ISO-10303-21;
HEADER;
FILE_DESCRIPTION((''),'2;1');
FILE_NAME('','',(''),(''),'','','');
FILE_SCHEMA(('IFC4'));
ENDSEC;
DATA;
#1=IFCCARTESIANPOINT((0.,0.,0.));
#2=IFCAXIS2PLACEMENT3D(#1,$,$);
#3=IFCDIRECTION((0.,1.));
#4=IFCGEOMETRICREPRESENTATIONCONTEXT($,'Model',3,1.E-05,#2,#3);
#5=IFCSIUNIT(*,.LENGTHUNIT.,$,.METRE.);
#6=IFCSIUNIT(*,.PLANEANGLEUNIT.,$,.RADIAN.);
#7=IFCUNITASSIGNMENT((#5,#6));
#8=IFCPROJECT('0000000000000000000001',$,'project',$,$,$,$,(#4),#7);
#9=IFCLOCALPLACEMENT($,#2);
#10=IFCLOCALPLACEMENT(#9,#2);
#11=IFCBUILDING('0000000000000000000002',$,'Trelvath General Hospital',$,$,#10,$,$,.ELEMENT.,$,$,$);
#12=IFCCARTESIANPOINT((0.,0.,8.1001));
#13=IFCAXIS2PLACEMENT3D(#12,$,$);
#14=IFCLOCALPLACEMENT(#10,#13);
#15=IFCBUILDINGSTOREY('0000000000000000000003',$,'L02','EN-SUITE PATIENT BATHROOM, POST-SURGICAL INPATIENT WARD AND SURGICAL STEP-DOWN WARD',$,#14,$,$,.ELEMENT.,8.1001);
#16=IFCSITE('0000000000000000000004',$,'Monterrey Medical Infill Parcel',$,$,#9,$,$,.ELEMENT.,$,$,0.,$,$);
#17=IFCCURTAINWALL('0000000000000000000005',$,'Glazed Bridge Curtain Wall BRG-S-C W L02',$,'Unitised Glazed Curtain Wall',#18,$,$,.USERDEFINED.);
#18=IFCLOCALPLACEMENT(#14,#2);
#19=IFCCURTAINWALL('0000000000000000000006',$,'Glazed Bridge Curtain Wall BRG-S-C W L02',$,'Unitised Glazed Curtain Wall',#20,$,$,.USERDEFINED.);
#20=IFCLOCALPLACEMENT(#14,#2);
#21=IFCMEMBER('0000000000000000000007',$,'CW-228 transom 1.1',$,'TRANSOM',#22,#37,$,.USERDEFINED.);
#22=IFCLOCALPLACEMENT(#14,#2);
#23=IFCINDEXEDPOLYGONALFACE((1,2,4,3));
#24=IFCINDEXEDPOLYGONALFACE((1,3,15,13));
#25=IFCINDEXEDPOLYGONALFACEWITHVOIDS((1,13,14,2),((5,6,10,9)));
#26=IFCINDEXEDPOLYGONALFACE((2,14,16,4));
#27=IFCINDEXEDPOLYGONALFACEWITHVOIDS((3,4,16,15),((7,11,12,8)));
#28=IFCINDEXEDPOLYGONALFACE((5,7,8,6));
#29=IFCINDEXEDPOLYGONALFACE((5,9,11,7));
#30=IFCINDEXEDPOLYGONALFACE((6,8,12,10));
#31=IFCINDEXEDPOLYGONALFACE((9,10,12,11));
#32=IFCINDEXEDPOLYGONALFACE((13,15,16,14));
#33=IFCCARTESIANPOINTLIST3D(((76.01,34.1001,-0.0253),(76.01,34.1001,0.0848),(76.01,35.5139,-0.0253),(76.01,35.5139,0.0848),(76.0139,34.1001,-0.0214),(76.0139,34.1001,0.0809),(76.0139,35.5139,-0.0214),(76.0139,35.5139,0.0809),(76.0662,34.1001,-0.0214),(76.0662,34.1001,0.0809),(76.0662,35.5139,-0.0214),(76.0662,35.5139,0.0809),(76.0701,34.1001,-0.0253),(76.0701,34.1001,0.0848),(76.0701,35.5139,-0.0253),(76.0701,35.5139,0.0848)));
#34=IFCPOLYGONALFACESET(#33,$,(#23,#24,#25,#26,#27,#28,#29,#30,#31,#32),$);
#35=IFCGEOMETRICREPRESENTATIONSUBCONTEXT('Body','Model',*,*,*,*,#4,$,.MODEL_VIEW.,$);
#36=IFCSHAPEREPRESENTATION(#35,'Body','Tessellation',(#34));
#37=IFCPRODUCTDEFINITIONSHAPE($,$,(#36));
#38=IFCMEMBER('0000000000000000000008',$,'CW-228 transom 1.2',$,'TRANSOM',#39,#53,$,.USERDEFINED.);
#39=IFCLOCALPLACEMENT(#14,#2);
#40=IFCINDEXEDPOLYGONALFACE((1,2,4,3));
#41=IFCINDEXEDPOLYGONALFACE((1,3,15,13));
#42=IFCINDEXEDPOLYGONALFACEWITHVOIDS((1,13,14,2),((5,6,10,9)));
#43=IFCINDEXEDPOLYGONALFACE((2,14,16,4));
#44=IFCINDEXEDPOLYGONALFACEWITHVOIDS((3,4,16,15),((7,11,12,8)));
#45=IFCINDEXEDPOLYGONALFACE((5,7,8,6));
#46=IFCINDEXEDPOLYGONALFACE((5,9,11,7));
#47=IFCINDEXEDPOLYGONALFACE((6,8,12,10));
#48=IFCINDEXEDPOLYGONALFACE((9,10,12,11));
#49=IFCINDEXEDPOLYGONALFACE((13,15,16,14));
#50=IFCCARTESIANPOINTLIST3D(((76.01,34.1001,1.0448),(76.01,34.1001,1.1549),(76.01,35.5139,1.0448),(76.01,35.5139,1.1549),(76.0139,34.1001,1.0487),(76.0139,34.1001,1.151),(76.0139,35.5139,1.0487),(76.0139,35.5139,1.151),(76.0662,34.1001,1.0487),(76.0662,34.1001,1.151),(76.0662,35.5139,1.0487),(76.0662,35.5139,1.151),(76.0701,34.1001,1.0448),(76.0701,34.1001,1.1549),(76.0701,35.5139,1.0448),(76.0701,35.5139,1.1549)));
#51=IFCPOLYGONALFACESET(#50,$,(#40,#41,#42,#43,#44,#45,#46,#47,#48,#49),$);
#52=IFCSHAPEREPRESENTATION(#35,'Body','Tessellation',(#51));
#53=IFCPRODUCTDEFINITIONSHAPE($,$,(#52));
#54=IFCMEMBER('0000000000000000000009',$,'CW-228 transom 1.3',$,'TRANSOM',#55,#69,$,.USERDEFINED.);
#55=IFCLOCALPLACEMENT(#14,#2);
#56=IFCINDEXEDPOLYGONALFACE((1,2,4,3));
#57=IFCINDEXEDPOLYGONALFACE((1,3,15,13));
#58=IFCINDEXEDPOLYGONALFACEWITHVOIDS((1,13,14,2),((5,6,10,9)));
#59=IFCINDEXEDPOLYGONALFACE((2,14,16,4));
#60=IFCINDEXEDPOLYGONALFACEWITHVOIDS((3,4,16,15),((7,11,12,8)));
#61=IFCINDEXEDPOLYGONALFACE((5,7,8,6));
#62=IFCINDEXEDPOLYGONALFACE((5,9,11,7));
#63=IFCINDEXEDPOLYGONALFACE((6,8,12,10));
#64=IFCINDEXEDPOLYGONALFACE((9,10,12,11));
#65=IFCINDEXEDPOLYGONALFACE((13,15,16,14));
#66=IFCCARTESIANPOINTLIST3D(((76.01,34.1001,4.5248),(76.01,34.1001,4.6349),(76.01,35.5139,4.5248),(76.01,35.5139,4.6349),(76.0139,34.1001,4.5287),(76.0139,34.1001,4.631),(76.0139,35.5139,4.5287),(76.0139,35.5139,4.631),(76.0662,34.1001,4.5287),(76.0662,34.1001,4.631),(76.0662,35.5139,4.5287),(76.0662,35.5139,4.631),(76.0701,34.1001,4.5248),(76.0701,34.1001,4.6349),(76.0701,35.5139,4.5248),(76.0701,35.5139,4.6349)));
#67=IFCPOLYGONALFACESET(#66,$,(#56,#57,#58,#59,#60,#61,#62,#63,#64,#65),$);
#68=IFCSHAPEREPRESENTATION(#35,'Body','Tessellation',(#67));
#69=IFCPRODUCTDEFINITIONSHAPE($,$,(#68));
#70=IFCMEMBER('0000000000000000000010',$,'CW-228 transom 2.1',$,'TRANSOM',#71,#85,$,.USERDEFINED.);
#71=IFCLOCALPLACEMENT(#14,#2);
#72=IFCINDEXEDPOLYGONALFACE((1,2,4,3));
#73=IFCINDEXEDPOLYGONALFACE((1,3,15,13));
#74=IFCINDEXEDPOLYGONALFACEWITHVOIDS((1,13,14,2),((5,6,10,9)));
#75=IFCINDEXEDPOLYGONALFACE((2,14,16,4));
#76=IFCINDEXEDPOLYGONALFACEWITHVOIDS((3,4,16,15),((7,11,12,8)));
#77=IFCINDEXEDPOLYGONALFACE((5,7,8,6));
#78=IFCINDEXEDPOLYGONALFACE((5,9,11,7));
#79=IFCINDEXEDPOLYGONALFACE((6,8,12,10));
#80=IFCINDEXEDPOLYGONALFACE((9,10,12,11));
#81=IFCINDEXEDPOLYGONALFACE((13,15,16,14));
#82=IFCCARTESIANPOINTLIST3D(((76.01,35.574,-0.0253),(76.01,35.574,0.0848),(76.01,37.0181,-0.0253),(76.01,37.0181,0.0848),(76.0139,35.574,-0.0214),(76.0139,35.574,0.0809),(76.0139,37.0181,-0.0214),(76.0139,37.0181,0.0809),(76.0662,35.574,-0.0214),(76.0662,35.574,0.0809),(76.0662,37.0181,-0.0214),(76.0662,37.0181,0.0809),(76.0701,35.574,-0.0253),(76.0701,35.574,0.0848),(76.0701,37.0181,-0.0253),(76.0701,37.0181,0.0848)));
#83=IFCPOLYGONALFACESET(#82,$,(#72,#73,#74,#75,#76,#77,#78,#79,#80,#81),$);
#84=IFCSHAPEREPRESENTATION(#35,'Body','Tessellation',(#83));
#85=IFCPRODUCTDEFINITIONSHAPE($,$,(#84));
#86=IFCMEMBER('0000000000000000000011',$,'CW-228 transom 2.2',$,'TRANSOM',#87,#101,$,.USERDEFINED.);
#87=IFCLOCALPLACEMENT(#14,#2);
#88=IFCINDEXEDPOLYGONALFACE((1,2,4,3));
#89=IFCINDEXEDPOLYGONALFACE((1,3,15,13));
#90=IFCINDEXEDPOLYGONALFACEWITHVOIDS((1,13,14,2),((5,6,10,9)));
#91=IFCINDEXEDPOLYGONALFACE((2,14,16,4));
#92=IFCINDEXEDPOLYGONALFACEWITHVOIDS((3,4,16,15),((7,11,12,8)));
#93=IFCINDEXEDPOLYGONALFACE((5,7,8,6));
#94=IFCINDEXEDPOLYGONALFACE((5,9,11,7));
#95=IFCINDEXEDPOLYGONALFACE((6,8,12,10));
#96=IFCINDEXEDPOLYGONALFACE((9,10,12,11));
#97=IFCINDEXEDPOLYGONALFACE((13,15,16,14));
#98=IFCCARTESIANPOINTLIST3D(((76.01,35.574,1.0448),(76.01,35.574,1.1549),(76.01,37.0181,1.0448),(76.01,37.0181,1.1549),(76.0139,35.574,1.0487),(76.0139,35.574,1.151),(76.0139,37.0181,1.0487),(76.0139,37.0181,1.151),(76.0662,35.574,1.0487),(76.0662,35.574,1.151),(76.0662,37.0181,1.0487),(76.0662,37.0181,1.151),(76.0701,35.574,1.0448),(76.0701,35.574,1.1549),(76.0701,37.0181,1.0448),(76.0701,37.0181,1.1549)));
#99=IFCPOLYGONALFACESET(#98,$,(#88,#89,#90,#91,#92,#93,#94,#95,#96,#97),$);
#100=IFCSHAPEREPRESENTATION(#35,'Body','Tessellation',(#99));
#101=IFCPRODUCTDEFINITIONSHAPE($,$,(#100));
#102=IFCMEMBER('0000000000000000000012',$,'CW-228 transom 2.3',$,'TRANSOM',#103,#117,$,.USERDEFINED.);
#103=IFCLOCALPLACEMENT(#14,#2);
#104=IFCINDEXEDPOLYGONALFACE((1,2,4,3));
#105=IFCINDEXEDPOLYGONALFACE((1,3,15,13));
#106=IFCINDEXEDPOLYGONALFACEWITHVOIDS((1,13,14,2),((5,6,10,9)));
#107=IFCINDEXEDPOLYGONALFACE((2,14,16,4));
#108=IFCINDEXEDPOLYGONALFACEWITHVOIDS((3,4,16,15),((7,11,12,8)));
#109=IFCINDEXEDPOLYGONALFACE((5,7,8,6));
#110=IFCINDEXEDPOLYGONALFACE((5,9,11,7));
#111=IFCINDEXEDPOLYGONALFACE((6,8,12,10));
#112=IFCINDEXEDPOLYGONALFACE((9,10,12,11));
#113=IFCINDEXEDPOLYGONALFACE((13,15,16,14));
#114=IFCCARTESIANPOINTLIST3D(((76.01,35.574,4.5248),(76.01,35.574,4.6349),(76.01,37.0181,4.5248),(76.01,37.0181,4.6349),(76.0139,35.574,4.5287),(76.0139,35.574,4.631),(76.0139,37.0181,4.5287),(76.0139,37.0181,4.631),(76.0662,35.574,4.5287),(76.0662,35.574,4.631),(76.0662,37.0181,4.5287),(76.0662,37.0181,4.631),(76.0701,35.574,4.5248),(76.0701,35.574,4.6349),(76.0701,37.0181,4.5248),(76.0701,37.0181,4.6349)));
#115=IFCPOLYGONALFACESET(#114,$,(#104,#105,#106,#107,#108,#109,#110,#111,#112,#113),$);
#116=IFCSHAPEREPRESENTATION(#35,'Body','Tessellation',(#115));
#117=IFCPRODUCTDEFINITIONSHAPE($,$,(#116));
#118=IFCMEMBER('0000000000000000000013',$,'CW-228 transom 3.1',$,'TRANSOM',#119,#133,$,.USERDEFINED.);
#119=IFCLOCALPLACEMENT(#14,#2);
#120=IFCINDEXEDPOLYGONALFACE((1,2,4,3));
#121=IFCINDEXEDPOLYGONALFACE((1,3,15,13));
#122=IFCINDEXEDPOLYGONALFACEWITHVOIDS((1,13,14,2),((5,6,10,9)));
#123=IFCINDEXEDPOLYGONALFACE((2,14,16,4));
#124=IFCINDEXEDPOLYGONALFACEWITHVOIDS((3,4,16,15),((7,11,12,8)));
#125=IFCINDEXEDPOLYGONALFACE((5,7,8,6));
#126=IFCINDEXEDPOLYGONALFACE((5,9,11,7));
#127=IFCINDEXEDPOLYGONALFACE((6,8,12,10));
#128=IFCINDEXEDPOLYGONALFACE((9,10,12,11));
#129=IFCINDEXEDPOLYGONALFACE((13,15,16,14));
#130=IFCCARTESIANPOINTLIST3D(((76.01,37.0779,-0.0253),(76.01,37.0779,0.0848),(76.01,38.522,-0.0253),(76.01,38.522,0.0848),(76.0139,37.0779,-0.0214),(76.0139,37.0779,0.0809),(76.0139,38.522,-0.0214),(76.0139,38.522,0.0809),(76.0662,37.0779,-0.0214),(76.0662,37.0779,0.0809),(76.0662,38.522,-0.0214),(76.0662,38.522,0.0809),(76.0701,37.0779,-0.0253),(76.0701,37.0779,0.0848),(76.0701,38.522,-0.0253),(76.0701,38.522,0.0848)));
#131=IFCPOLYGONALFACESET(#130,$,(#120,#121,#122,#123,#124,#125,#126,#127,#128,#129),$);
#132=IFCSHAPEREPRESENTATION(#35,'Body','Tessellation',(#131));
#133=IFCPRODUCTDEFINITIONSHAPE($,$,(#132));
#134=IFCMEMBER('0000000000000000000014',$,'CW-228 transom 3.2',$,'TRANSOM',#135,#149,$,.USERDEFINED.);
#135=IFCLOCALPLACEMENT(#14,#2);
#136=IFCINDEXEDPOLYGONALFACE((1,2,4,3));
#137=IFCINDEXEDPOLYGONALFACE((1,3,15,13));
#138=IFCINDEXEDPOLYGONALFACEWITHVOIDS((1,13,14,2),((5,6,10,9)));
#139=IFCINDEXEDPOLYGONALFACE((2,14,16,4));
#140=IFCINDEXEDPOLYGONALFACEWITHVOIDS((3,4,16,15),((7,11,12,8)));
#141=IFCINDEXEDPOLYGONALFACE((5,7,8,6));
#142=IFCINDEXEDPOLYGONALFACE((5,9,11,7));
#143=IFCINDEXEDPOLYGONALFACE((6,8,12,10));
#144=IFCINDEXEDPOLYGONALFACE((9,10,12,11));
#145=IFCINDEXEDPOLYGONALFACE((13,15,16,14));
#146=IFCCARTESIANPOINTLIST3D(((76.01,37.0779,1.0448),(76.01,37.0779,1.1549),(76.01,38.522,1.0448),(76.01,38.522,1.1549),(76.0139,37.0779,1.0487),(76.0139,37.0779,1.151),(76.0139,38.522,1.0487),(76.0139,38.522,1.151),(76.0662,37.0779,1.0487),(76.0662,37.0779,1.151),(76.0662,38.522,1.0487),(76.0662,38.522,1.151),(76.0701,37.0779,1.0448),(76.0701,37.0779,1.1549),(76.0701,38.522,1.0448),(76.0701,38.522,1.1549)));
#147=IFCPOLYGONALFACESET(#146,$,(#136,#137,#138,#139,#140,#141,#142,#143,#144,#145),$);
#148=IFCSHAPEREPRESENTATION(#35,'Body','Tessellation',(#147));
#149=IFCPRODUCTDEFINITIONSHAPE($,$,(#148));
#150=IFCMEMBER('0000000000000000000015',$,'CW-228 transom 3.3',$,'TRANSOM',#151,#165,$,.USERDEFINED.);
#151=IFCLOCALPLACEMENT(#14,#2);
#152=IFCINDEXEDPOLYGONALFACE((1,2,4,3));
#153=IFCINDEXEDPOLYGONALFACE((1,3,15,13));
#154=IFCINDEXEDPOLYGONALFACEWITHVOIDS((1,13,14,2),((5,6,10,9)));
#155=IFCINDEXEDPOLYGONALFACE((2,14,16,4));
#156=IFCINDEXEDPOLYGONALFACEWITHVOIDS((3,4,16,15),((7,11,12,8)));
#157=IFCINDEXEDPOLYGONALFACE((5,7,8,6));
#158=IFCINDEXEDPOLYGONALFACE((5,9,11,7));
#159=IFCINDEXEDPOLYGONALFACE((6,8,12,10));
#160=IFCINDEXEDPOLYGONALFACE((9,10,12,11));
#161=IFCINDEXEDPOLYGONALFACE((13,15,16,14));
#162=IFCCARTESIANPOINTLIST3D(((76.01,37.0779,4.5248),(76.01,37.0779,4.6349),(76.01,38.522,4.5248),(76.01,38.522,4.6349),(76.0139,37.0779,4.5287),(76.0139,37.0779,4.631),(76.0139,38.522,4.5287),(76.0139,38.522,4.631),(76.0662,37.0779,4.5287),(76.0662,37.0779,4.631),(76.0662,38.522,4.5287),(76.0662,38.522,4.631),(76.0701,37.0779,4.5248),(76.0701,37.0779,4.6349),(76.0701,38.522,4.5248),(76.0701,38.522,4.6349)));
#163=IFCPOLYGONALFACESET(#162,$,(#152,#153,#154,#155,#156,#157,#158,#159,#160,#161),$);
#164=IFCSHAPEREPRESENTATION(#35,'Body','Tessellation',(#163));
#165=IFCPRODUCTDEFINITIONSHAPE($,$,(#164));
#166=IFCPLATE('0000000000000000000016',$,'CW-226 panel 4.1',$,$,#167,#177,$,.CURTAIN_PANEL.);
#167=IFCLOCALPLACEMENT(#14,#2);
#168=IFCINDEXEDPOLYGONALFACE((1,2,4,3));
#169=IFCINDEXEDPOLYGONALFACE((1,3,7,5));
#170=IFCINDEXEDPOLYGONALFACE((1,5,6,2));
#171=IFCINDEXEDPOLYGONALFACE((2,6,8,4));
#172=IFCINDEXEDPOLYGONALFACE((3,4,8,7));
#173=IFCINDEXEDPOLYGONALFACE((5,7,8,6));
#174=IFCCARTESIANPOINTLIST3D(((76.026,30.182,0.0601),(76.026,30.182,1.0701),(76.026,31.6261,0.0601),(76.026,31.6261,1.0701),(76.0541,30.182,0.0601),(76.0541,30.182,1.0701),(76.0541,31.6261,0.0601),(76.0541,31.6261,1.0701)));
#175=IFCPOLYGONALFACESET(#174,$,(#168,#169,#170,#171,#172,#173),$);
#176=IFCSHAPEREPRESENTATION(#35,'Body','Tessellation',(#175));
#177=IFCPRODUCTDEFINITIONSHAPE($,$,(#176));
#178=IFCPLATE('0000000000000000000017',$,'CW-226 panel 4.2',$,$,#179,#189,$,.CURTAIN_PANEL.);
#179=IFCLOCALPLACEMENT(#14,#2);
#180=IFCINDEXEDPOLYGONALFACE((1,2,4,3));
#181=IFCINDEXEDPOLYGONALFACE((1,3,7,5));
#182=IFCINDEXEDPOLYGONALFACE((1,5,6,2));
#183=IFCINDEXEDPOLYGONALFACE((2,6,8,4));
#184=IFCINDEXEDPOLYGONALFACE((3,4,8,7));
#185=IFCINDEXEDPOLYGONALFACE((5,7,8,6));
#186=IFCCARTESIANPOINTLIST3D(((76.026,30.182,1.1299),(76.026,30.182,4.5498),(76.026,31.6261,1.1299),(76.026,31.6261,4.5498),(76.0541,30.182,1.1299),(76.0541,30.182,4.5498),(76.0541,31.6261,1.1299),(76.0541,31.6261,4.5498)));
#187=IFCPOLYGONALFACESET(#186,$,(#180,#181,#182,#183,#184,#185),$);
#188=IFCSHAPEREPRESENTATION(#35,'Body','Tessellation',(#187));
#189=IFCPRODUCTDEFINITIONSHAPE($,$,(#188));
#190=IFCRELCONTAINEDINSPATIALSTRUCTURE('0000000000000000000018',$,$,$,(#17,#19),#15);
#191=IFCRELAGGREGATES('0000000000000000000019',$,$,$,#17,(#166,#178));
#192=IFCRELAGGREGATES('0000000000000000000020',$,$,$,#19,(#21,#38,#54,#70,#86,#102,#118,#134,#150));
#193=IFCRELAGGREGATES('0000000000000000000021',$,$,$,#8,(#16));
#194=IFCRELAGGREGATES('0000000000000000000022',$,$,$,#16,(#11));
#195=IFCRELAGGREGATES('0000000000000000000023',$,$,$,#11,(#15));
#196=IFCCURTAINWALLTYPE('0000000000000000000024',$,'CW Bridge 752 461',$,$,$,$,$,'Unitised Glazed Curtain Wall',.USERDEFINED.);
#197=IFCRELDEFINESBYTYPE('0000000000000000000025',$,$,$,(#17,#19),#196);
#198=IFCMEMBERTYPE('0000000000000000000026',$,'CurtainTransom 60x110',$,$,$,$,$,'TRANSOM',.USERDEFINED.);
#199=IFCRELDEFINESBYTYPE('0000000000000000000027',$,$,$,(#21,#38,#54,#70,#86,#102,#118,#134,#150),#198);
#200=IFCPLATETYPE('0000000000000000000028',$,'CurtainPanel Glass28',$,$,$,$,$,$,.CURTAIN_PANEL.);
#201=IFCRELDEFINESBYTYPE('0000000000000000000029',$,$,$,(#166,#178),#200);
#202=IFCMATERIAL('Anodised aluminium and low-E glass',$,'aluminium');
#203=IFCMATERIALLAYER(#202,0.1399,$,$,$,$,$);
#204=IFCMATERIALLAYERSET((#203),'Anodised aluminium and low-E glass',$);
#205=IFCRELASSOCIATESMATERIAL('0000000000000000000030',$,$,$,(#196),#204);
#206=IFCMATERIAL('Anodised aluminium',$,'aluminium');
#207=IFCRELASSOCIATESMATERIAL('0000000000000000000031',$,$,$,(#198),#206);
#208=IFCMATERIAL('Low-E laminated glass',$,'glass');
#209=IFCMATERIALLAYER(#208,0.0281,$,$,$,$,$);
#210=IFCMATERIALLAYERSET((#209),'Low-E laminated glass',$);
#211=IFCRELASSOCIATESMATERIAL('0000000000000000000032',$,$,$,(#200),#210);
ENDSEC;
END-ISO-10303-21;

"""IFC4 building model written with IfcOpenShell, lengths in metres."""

from ifc_helpers import new_model, si_unit, direction, frame, origin, origin_2d, place, context, subcontext, project, spatial, rectangle, hollow_rectangle, extrude, material, layer, layer_set, material_profile, profile_set, type_object, element, aggregate, save


model = new_model("IFC4")

# Units and contexts
model_context = context("Model", 3, precision=1e-05, world=origin(), true_north=direction((0.0, 1.0)))
body_context = subcontext(model_context, "Body", "Model", "MODEL_VIEW")
ifc_project = project(units=[si_unit("LENGTHUNIT", "METRE"), si_unit("PLANEANGLEUNIT", "RADIAN")], contexts=[model_context])

# Site, building, storey
site_placement = place(None, origin())
site = spatial("IfcSite", under=ifc_project, at=site_placement, Name="Monterrey Medical Infill Parcel", CompositionType="ELEMENT", RefElevation=0.0)
building_placement = place(site_placement, origin())
building = spatial("IfcBuilding", under=site, at=building_placement, Name="Trelvath General Hospital", CompositionType="ELEMENT")
storey_placement = place(building_placement, frame((0.0, 0.0, 8.1001)))
storey = spatial("IfcBuildingStorey", under=building, at=storey_placement, Name="L02", Description="EN-SUITE PATIENT BATHROOM, POST-SURGICAL INPATIENT WARD AND SURGICAL STEP-DOWN WARD", CompositionType="ELEMENT", Elevation=8.1001)

# Curtain walls
ifc_material_1 = material(Name="Anodised aluminium and low-E glass", Category="aluminium")
ifc_layer_1 = layer(ifc_material_1, 0.1399)
ifc_layer_set_1 = layer_set([ifc_layer_1], Name="Anodised aluminium and low-E glass")
curtain_wall_type = type_object("IfcCurtainWallType", Name="CW Bridge 752 461", ElementType="Unitised Glazed Curtain Wall", PredefinedType="USERDEFINED", material=ifc_layer_set_1)
curtain_wall_1_placement = place(storey_placement, origin())
curtain_wall_1 = element("IfcCurtainWall", 1, at=curtain_wall_1_placement, inside=storey, type_object=curtain_wall_type, Name="Glazed Bridge Curtain Wall BRG-S-C W L02", ObjectType="Unitised Glazed Curtain Wall", PredefinedType="USERDEFINED")
curtain_wall_2_placement = place(storey_placement, origin())
curtain_wall_2 = element("IfcCurtainWall", 2, at=curtain_wall_2_placement, inside=storey, type_object=curtain_wall_type, Name="Glazed Bridge Curtain Wall BRG-S-C W L02", ObjectType="Unitised Glazed Curtain Wall", PredefinedType="USERDEFINED")

# Members
ifc_material_2 = material(Name="Anodised aluminium", Category="aluminium")
ifc_material_profile_1 = material_profile(ifc_material_2, hollow_rectangle(XDim=0.0601, YDim=0.1101, WallThickness=0.0039, at=origin_2d()), Name="RHS60x110x4")
ifc_profile_set_1 = profile_set([ifc_material_profile_1], Name="Anodised aluminium")
member_type_1 = type_object("IfcMemberType", Name="CurtainTransom 60x110", ElementType="TRANSOM", PredefinedType="USERDEFINED", material=ifc_profile_set_1)
member_1_placement = place(storey_placement, frame((76.04, 34.1001, 0.0298), z_axis=(0.0, 1.0, 0.0), x_axis=(-1.0, 0.0, 0.0)))
member_1 = element("IfcMember", 3, at=member_1_placement, type_object=member_type_1, Name="CW-228 transom 1.1", ObjectType="TRANSOM", PredefinedType="USERDEFINED", context=body_context, shape_type="SweptSolid", body=[
    extrude(hollow_rectangle(XDim=0.0601, YDim=0.1101, WallThickness=0.0039, at=origin_2d()), origin(), (0.0, 0.0, 1.0), 1.4138),
])
member_2_placement = place(storey_placement, frame((76.04, 34.1001, 1.0999), z_axis=(0.0, 1.0, 0.0), x_axis=(-1.0, 0.0, 0.0)))
member_2 = element("IfcMember", 4, at=member_2_placement, type_object=member_type_1, Name="CW-228 transom 1.2", ObjectType="TRANSOM", PredefinedType="USERDEFINED", context=body_context, shape_type="SweptSolid", body=[
    extrude(hollow_rectangle(XDim=0.0601, YDim=0.1101, WallThickness=0.0039, at=origin_2d()), origin(), (0.0, 0.0, 1.0), 1.4138),
])
member_3_placement = place(storey_placement, frame((76.04, 34.1001, 4.5798), z_axis=(0.0, 1.0, 0.0), x_axis=(-1.0, 0.0, 0.0)))
member_3 = element("IfcMember", 5, at=member_3_placement, type_object=member_type_1, Name="CW-228 transom 1.3", ObjectType="TRANSOM", PredefinedType="USERDEFINED", context=body_context, shape_type="SweptSolid", body=[
    extrude(hollow_rectangle(XDim=0.0601, YDim=0.1101, WallThickness=0.0039, at=origin_2d()), origin(), (0.0, 0.0, 1.0), 1.4138),
])
member_4_placement = place(storey_placement, frame((76.04, 35.574, 0.0298), z_axis=(0.0, 1.0, 0.0), x_axis=(-1.0, 0.0, 0.0)))
member_4 = element("IfcMember", 6, at=member_4_placement, type_object=member_type_1, Name="CW-228 transom 2.1", ObjectType="TRANSOM", PredefinedType="USERDEFINED", context=body_context, shape_type="SweptSolid", body=[
    extrude(hollow_rectangle(XDim=0.0601, YDim=0.1101, WallThickness=0.0039, at=origin_2d()), origin(), (0.0, 0.0, 1.0), 1.4441),
])
member_5_placement = place(storey_placement, frame((76.04, 35.574, 1.0999), z_axis=(0.0, 1.0, 0.0), x_axis=(-1.0, 0.0, 0.0)))
member_5 = element("IfcMember", 7, at=member_5_placement, type_object=member_type_1, Name="CW-228 transom 2.2", ObjectType="TRANSOM", PredefinedType="USERDEFINED", context=body_context, shape_type="SweptSolid", body=[
    extrude(hollow_rectangle(XDim=0.0601, YDim=0.1101, WallThickness=0.0039, at=origin_2d()), origin(), (0.0, 0.0, 1.0), 1.4441),
])
member_6_placement = place(storey_placement, frame((76.04, 35.574, 4.5798), z_axis=(0.0, 1.0, 0.0), x_axis=(-1.0, 0.0, 0.0)))
member_6 = element("IfcMember", 8, at=member_6_placement, type_object=member_type_1, Name="CW-228 transom 2.3", ObjectType="TRANSOM", PredefinedType="USERDEFINED", context=body_context, shape_type="SweptSolid", body=[
    extrude(hollow_rectangle(XDim=0.0601, YDim=0.1101, WallThickness=0.0039, at=origin_2d()), origin(), (0.0, 0.0, 1.0), 1.4441),
])
member_7_placement = place(storey_placement, frame((76.04, 37.0779, 0.0298), z_axis=(0.0, 1.0, 0.0), x_axis=(-1.0, 0.0, 0.0)))
member_7 = element("IfcMember", 9, at=member_7_placement, type_object=member_type_1, Name="CW-228 transom 3.1", ObjectType="TRANSOM", PredefinedType="USERDEFINED", context=body_context, shape_type="SweptSolid", body=[
    extrude(hollow_rectangle(XDim=0.0601, YDim=0.1101, WallThickness=0.0039, at=origin_2d()), origin(), (0.0, 0.0, 1.0), 1.4441),
])
member_8_placement = place(storey_placement, frame((76.04, 37.0779, 1.0999), z_axis=(0.0, 1.0, 0.0), x_axis=(-1.0, 0.0, 0.0)))
member_8 = element("IfcMember", 10, at=member_8_placement, type_object=member_type_1, Name="CW-228 transom 3.2", ObjectType="TRANSOM", PredefinedType="USERDEFINED", context=body_context, shape_type="SweptSolid", body=[
    extrude(hollow_rectangle(XDim=0.0601, YDim=0.1101, WallThickness=0.0039, at=origin_2d()), origin(), (0.0, 0.0, 1.0), 1.4441),
])
member_9_placement = place(storey_placement, frame((76.04, 37.0779, 4.5798), z_axis=(0.0, 1.0, 0.0), x_axis=(-1.0, 0.0, 0.0)))
member_9 = element("IfcMember", 11, at=member_9_placement, type_object=member_type_1, Name="CW-228 transom 3.3", ObjectType="TRANSOM", PredefinedType="USERDEFINED", context=body_context, shape_type="SweptSolid", body=[
    extrude(hollow_rectangle(XDim=0.0601, YDim=0.1101, WallThickness=0.0039, at=origin_2d()), origin(), (0.0, 0.0, 1.0), 1.4441),
])

# Plates
ifc_material_3 = material(Name="Low-E laminated glass", Category="glass")
ifc_layer_2 = layer(ifc_material_3, 0.0281)
ifc_layer_set_2 = layer_set([ifc_layer_2], Name="Low-E laminated glass")
plate_type = type_object("IfcPlateType", Name="CurtainPanel Glass28", PredefinedType="CURTAIN_PANEL", material=ifc_layer_set_2)
plate_1_placement = place(storey_placement, frame((76.04, 30.9041, 0.0601), z_axis=(0.0, 0.0, 1.0), x_axis=(0.0, 1.0, 0.0)))
plate_1 = element("IfcPlate", 12, at=plate_1_placement, type_object=plate_type, Name="CW-226 panel 4.1", PredefinedType="CURTAIN_PANEL", context=body_context, shape_type="SweptSolid", body=[
    extrude(rectangle(XDim=1.4441, YDim=0.0281, at=origin_2d()), origin(), (0.0, 0.0, 1.0), 1.01),
])
plate_2_placement = place(storey_placement, frame((76.04, 30.9041, 1.1299), z_axis=(0.0, 0.0, 1.0), x_axis=(0.0, 1.0, 0.0)))
plate_2 = element("IfcPlate", 13, at=plate_2_placement, type_object=plate_type, Name="CW-226 panel 4.2", PredefinedType="CURTAIN_PANEL", context=body_context, shape_type="SweptSolid", body=[
    extrude(rectangle(XDim=1.4441, YDim=0.0281, at=origin_2d()), origin(), (0.0, 0.0, 1.0), 3.4199),
])
aggregate(curtain_wall_1, [plate_1, plate_2])
aggregate(curtain_wall_2, [member_1, member_2, member_3, member_4, member_5, member_6, member_7, member_8, member_9])

save(model, "model.ifc")
